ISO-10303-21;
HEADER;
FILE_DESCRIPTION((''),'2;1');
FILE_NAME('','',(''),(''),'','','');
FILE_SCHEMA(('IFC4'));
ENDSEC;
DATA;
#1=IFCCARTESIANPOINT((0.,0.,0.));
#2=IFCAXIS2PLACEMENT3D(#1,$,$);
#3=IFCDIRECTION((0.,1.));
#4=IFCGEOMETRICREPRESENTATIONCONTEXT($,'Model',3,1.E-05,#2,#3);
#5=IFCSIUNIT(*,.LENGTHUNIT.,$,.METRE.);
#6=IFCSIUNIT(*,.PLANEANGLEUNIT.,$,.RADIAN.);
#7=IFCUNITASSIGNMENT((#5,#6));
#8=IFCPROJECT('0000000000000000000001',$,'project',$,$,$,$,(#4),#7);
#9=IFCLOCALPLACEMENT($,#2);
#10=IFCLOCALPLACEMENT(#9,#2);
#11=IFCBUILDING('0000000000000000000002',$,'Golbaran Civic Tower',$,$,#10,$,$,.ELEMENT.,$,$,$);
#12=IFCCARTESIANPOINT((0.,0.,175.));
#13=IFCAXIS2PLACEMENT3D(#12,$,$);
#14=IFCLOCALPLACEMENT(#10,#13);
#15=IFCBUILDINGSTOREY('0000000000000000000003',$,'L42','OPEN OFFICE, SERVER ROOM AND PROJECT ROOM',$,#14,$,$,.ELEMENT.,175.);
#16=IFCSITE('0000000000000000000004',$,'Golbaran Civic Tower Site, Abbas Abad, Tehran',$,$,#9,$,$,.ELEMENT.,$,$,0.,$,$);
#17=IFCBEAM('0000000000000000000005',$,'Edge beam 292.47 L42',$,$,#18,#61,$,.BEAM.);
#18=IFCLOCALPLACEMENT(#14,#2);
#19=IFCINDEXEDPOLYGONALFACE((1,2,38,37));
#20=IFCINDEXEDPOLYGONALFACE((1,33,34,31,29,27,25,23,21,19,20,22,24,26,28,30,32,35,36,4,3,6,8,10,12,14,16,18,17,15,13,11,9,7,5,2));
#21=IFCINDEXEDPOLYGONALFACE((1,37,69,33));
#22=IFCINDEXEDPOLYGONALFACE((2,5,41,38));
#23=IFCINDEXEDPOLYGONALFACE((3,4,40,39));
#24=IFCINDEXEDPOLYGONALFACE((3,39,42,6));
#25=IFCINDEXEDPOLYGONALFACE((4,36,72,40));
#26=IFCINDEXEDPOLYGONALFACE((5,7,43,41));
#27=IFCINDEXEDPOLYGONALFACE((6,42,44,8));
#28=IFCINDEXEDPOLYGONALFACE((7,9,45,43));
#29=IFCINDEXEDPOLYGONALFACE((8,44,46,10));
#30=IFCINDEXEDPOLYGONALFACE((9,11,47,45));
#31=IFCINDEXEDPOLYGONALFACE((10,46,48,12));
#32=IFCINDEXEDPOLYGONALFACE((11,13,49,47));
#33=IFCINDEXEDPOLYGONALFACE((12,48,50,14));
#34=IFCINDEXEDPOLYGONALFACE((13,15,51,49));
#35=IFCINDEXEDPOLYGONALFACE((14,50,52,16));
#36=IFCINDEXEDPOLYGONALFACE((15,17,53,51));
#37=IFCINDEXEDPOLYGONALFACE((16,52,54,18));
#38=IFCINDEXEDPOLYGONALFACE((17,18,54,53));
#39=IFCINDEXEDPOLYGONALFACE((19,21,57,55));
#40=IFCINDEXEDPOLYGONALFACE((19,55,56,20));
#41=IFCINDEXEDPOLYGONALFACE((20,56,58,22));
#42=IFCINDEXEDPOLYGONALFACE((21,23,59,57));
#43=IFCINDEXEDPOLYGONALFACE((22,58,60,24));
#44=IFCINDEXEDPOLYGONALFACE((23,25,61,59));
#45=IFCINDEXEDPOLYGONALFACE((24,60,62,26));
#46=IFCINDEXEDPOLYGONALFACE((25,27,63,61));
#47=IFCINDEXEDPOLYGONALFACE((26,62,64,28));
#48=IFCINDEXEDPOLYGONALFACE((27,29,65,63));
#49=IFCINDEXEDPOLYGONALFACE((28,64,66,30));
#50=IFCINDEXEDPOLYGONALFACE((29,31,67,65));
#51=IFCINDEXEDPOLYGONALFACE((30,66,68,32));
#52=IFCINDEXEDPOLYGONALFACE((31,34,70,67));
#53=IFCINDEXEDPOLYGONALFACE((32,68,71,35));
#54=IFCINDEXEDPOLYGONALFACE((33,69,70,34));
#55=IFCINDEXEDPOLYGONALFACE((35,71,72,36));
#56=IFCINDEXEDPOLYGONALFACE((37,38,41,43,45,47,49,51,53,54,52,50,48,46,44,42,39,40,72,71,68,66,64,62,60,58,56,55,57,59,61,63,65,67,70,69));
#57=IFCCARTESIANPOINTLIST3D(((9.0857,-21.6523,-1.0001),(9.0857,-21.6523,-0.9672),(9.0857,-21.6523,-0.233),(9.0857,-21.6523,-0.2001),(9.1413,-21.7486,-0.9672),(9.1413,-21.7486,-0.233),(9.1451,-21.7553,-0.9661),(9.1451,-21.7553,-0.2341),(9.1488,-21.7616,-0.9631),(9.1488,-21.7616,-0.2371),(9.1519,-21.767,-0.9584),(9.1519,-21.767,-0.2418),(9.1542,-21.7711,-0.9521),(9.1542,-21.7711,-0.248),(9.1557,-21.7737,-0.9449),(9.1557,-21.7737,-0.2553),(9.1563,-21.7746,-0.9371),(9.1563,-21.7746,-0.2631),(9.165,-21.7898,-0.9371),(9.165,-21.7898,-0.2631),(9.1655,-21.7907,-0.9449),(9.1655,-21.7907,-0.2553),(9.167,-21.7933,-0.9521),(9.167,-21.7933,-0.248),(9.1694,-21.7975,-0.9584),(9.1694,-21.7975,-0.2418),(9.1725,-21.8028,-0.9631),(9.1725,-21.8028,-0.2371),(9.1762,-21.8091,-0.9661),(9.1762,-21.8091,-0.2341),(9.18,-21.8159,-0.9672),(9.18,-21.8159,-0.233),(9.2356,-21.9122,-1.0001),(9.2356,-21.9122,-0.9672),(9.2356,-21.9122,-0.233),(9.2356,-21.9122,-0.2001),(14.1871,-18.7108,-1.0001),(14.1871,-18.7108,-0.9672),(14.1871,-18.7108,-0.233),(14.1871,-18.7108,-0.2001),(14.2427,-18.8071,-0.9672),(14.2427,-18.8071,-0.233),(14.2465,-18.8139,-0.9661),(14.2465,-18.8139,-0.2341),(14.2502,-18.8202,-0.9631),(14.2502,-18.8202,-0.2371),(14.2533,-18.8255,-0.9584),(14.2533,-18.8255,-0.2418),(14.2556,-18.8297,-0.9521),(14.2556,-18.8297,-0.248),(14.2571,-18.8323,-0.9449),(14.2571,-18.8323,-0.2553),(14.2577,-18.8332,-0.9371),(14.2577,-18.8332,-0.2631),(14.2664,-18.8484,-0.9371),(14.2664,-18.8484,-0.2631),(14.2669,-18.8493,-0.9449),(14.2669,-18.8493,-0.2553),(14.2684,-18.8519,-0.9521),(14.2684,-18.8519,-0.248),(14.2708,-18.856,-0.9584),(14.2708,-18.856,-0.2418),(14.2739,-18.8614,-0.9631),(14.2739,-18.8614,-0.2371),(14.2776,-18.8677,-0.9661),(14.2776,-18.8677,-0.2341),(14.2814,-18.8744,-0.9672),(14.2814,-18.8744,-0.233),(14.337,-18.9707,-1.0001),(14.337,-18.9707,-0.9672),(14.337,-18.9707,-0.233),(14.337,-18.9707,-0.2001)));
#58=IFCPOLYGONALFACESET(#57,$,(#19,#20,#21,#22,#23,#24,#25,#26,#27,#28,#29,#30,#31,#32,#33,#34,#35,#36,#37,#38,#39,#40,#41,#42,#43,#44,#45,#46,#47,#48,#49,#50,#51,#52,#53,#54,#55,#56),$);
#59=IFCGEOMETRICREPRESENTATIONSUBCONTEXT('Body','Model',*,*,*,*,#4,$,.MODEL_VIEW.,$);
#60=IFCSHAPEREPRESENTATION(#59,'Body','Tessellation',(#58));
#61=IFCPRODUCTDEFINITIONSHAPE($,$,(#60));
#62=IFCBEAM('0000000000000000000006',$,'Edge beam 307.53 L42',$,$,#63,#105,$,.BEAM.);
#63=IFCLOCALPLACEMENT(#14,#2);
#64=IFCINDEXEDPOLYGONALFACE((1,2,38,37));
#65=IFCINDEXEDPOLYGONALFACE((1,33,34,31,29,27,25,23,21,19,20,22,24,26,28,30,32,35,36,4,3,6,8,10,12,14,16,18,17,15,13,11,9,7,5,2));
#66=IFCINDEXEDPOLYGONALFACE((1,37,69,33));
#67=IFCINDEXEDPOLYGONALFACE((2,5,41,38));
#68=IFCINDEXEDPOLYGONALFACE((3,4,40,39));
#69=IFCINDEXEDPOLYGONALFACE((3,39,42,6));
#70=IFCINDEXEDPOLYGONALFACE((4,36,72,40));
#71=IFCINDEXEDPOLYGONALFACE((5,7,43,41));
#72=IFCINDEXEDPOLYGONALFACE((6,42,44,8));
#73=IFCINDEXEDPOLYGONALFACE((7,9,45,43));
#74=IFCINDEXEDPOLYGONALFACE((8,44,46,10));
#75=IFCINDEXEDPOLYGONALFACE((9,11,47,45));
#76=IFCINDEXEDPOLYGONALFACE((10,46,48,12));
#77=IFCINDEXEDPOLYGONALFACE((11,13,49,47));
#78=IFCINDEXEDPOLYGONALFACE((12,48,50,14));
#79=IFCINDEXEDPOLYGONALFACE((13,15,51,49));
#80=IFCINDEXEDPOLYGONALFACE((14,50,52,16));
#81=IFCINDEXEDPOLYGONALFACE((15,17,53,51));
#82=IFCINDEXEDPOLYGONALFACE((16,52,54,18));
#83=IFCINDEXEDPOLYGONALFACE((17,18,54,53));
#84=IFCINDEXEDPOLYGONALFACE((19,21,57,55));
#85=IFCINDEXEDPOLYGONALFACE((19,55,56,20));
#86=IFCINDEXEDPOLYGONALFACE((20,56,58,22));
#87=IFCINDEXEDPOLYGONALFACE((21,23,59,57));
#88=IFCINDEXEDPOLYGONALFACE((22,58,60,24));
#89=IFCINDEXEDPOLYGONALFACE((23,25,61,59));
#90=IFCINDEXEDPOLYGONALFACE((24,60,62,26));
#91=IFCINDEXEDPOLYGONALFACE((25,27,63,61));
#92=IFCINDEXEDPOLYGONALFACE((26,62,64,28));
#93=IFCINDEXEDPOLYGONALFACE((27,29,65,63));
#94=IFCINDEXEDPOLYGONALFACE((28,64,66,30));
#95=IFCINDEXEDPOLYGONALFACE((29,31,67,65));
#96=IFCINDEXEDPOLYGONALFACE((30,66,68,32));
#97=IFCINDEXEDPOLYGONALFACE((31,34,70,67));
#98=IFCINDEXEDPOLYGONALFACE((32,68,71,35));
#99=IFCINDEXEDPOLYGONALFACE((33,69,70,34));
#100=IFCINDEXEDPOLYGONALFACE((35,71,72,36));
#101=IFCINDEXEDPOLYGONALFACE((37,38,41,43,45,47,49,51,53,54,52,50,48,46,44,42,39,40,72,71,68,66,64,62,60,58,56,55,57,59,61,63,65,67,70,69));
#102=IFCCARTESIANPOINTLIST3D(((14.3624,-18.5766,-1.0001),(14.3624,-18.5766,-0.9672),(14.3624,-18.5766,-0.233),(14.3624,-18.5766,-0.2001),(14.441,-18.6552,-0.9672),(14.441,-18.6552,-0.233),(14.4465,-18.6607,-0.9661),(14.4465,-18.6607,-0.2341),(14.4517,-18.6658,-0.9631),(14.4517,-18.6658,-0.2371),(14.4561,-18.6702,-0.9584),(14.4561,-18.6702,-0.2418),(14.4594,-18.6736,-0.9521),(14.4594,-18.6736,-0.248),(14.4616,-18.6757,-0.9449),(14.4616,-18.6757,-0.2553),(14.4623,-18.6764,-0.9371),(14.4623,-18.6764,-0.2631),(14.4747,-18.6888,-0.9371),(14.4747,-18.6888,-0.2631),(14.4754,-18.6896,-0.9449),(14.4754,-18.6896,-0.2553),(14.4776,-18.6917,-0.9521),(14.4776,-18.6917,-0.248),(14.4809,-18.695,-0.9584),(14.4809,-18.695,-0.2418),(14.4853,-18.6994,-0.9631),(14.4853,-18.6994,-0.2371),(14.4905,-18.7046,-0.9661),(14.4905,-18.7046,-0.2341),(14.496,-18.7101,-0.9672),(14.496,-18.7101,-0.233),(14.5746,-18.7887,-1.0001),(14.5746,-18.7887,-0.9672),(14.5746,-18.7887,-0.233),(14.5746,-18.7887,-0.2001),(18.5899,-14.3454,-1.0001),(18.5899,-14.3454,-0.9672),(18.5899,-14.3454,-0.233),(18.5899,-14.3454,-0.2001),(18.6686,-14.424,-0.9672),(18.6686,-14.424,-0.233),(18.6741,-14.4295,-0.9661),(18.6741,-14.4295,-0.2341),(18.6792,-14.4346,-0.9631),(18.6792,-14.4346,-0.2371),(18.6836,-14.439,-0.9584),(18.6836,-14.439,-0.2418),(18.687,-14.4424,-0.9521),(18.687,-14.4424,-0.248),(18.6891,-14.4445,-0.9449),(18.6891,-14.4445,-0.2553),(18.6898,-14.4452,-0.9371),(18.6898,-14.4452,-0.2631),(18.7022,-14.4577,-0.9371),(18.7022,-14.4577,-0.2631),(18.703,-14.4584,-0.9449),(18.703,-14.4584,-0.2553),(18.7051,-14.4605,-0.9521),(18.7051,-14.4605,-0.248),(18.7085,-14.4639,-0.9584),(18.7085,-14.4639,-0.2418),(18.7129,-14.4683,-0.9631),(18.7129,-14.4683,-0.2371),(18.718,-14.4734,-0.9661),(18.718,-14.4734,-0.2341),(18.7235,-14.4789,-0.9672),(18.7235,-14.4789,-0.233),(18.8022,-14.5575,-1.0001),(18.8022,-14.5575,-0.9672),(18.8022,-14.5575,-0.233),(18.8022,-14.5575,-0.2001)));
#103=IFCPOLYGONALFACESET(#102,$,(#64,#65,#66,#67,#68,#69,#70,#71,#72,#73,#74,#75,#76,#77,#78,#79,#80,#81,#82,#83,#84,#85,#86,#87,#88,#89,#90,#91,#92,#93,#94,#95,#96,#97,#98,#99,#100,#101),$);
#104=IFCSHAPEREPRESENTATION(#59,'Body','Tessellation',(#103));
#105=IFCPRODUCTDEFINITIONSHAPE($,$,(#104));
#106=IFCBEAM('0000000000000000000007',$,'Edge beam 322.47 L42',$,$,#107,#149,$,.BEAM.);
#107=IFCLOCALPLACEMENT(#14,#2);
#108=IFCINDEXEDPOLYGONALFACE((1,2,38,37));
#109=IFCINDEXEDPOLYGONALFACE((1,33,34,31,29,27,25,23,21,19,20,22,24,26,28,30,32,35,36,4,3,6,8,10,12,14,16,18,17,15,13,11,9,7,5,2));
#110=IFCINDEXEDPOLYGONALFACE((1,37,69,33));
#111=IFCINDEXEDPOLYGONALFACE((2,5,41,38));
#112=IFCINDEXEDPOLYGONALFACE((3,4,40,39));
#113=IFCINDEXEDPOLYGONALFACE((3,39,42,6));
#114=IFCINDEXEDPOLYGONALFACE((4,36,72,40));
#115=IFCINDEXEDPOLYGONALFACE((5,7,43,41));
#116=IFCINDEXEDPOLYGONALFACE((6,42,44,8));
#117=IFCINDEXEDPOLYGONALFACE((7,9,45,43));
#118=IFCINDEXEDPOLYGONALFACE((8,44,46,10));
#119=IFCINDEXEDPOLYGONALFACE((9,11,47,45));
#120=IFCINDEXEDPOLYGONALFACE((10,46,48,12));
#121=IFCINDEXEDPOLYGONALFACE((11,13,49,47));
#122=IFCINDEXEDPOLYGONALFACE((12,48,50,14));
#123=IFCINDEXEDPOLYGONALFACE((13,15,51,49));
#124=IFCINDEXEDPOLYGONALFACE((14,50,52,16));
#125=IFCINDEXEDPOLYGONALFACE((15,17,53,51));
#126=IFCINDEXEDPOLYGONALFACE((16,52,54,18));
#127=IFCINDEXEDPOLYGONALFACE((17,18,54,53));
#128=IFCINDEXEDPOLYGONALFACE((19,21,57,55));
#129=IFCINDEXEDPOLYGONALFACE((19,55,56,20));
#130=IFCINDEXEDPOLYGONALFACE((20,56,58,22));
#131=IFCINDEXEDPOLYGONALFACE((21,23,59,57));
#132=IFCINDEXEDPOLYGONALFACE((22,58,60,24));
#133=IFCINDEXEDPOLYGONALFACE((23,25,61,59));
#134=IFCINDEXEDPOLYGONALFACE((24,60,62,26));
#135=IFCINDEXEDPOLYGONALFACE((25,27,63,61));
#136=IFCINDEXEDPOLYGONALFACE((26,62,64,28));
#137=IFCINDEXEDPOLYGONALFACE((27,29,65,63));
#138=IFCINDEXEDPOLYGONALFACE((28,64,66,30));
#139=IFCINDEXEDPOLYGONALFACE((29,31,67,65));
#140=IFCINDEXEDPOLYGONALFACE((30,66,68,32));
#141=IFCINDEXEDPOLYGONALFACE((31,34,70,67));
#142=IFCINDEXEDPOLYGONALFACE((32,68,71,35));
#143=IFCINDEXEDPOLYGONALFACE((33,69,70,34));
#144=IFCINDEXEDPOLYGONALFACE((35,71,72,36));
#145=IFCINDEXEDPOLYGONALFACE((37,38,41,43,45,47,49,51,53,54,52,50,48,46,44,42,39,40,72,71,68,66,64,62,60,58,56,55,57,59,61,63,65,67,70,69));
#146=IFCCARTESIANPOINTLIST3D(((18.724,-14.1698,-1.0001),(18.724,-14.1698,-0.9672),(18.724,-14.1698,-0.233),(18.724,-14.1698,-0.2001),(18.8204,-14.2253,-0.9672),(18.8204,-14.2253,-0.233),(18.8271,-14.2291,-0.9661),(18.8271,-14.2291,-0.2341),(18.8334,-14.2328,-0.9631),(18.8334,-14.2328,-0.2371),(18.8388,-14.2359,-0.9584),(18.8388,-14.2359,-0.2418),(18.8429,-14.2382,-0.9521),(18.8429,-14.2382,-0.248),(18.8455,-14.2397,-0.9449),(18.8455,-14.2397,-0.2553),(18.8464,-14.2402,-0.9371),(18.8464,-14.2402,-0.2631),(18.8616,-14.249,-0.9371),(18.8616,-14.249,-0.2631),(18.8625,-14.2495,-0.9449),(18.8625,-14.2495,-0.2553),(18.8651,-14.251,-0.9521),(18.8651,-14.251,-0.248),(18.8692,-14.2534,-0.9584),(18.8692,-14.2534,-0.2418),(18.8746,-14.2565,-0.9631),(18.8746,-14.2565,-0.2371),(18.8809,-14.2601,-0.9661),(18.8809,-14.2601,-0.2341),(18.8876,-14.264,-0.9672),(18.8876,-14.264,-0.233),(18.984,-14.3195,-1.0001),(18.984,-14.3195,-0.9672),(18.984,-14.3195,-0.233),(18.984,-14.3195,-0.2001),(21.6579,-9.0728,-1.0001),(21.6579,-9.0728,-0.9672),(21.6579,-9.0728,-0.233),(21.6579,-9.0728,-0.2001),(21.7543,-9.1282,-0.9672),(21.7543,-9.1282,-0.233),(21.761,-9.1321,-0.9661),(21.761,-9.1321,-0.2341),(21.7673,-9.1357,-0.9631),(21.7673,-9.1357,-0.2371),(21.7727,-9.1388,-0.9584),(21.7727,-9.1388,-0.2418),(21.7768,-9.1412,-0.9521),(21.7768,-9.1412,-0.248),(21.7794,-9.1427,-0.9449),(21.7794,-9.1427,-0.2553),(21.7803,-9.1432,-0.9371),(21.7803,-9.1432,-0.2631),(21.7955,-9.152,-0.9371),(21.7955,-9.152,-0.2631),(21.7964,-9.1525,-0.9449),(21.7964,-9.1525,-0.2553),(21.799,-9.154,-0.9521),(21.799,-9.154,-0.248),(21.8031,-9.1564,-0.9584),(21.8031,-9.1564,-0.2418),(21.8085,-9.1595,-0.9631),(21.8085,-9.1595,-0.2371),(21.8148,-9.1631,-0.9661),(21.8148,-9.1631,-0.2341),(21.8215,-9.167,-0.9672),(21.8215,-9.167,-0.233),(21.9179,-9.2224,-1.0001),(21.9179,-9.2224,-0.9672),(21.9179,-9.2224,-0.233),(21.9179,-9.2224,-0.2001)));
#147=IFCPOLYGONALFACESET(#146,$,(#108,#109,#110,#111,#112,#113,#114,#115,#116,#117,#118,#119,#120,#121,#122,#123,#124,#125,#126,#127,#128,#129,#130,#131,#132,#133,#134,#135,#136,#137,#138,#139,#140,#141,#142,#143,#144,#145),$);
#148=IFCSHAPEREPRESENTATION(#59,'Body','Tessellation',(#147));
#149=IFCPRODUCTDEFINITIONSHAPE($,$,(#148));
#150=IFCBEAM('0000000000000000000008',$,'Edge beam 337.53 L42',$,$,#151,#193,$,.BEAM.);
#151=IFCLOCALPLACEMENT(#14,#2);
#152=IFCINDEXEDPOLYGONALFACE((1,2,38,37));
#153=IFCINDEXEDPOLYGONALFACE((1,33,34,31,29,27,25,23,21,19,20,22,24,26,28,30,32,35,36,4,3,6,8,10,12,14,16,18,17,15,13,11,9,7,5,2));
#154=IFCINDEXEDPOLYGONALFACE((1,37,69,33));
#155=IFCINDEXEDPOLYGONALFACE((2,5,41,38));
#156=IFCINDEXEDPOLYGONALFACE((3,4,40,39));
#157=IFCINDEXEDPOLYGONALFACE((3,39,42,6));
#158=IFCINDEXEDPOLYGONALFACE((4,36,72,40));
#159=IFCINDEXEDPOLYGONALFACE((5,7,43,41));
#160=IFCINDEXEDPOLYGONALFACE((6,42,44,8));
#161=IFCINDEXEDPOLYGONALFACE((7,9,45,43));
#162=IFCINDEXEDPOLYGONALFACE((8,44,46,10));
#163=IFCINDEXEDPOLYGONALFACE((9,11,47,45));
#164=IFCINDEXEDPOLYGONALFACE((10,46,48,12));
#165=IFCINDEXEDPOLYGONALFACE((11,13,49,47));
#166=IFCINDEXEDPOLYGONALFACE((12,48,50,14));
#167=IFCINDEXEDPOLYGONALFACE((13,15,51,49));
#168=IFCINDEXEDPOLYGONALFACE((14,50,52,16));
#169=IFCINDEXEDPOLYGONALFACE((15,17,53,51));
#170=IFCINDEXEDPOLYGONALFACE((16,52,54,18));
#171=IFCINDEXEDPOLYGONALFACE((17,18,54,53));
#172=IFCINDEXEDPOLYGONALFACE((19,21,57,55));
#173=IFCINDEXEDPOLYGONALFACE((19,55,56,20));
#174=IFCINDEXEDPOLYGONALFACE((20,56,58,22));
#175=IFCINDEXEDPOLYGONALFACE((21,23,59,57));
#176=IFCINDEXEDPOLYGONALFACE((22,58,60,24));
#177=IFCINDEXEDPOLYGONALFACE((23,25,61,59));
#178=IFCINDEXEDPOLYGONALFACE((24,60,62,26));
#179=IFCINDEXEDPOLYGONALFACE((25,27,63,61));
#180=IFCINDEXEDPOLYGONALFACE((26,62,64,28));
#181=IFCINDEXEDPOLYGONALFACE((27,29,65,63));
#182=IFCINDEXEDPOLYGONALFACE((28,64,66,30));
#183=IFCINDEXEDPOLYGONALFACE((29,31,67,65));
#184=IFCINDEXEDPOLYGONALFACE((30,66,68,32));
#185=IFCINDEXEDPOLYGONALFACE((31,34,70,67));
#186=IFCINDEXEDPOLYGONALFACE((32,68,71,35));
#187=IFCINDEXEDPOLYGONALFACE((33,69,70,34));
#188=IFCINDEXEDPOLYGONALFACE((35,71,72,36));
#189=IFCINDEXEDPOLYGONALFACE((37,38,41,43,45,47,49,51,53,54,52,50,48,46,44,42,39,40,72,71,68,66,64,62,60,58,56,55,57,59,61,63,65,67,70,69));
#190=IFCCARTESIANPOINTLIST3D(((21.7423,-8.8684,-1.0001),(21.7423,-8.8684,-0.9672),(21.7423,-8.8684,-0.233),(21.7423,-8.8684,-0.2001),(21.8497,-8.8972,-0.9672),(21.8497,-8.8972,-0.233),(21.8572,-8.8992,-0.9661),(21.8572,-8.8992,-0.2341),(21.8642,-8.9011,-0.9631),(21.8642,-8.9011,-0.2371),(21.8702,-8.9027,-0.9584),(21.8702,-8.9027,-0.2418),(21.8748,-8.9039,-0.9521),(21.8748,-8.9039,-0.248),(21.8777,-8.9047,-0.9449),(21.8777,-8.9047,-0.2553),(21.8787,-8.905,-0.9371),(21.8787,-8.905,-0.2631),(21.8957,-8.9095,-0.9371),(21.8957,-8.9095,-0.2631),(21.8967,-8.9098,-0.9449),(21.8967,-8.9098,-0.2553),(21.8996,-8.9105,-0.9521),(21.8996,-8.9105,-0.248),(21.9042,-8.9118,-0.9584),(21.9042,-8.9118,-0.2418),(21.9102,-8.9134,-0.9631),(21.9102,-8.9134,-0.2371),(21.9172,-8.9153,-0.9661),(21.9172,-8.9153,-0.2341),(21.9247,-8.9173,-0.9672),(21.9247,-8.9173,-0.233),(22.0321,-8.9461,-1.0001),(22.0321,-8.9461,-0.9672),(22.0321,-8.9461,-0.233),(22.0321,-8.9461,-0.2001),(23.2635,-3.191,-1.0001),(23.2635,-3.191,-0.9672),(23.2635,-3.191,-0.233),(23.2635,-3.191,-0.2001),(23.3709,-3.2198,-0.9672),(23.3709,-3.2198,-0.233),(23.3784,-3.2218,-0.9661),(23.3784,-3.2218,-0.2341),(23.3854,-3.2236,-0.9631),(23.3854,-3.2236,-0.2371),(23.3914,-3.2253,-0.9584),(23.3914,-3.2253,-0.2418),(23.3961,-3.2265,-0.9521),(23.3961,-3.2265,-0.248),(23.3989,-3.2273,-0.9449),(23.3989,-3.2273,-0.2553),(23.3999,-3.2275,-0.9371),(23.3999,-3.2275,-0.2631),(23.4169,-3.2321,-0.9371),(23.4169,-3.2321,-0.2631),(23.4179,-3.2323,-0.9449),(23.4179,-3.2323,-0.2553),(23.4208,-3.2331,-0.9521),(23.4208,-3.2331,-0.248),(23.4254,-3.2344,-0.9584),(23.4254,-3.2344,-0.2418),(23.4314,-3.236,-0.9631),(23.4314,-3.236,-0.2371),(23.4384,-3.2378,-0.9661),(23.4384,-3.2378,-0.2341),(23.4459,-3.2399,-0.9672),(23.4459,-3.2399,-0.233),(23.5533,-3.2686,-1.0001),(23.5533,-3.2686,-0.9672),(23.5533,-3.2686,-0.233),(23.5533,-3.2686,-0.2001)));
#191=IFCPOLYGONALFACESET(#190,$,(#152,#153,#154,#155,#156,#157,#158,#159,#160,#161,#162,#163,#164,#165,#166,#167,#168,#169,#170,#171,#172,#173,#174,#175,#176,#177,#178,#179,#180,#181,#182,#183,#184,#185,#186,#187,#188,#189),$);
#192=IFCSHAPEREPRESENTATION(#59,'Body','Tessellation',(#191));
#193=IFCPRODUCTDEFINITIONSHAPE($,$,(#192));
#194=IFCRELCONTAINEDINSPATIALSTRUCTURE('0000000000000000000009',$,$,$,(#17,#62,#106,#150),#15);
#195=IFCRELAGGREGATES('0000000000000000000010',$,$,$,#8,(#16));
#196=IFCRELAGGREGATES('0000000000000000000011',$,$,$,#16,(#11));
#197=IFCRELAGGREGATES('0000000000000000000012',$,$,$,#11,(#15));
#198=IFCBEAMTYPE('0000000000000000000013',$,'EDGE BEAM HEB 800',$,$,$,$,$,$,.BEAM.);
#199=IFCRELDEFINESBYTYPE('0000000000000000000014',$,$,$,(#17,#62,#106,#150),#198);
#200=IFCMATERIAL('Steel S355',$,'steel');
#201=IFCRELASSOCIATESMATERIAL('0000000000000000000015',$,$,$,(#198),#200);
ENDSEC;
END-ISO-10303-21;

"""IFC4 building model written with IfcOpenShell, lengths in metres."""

from ifc_helpers import new_model, si_unit, direction, frame, origin, origin_2d, place, context, subcontext, project, spatial, i_section, extrude, material, material_profile, profile_set, type_object, element, save


model = new_model("IFC4")

# Units and contexts
model_context = context("Model", 3, precision=1e-05, world=origin(), true_north=direction((0.0, 1.0)))
body_context = subcontext(model_context, "Body", "Model", "MODEL_VIEW")
ifc_project = project(units=[si_unit("LENGTHUNIT", "METRE"), si_unit("PLANEANGLEUNIT", "RADIAN")], contexts=[model_context])

# Site, building, storey
site_placement = place(None, origin())
site = spatial("IfcSite", under=ifc_project, at=site_placement, Name="Golbaran Civic Tower Site, Abbas Abad, Tehran", CompositionType="ELEMENT", RefElevation=0.0)
building_placement = place(site_placement, origin())
building = spatial("IfcBuilding", under=site, at=building_placement, Name="Golbaran Civic Tower", CompositionType="ELEMENT")
storey_placement = place(building_placement, frame((0.0, 0.0, 175.0)))
storey = spatial("IfcBuildingStorey", under=building, at=storey_placement, Name="L42", Description="OPEN OFFICE, SERVER ROOM AND PROJECT ROOM", CompositionType="ELEMENT", Elevation=175.0)

# Beams
ifc_material_1 = material(Name="Steel S355", Category="steel")
ifc_material_profile_1 = material_profile(ifc_material_1, i_section(OverallWidth=0.3, OverallDepth=0.8, WebThickness=0.0176, FlangeThickness=0.033, FilletRadius=0.03, at=origin_2d()), Name="HEB 800")
ifc_profile_set_1 = profile_set([ifc_material_profile_1], Name="Steel S355")
beam_type_1 = type_object("IfcBeamType", Name="EDGE BEAM HEB 800", PredefinedType="BEAM", material=ifc_profile_set_1)
beam_1_placement = place(storey_placement, frame((9.1606, -21.7822, -0.6001), z_axis=(0.866308, 0.499511, 0.0), x_axis=(-0.499511, 0.866308, 0.0)))
element("IfcBeam", 1, at=beam_1_placement, inside=storey, type_object=beam_type_1, Name="Edge beam 292.47 L42", PredefinedType="BEAM", context=body_context, shape_type="SweptSolid", body=[
    extrude(i_section(OverallWidth=0.3, OverallDepth=0.8, WebThickness=0.0176, FlangeThickness=0.033, FilletRadius=0.03, at=origin_2d()), origin(), (0.0, 0.0, 1.0), 5.8887),
])
beam_2_placement = place(storey_placement, frame((14.4685, -18.6826, -0.6001), z_axis=(0.706801, 0.707413, 0.0), x_axis=(-0.707413, 0.706801, 0.0)))
element("IfcBeam", 2, at=beam_2_placement, inside=storey, type_object=beam_type_1, Name="Edge beam 307.53 L42", PredefinedType="BEAM", context=body_context, shape_type="SweptSolid", body=[
    extrude(i_section(OverallWidth=0.3, OverallDepth=0.8, WebThickness=0.0176, FlangeThickness=0.033, FilletRadius=0.03, at=origin_2d()), origin(), (0.0, 0.0, 1.0), 5.9812),
])
beam_3_placement = place(storey_placement, frame((18.854, -14.2446, -0.6001), z_axis=(0.498868, 0.866678, 0.0), x_axis=(-0.866678, 0.498868, 0.0)))
element("IfcBeam", 3, at=beam_3_placement, inside=storey, type_object=beam_type_1, Name="Edge beam 322.47 L42", PredefinedType="BEAM", context=body_context, shape_type="SweptSolid", body=[
    extrude(i_section(OverallWidth=0.3, OverallDepth=0.8, WebThickness=0.0176, FlangeThickness=0.033, FilletRadius=0.03, at=origin_2d()), origin(), (0.0, 0.0, 1.0), 5.8811),
])
beam_4_placement = place(storey_placement, frame((21.8872, -8.9072, -0.6001), z_axis=(0.258813, 0.965927, 0.0), x_axis=(-0.965927, 0.258813, 0.0)))
element("IfcBeam", 4, at=beam_4_placement, inside=storey, type_object=beam_type_1, Name="Edge beam 337.53 L42", PredefinedType="BEAM", context=body_context, shape_type="SweptSolid", body=[
    extrude(i_section(OverallWidth=0.3, OverallDepth=0.8, WebThickness=0.0176, FlangeThickness=0.033, FilletRadius=0.03, at=origin_2d()), origin(), (0.0, 0.0, 1.0), 5.8777),
])

save(model, "model.ifc")
